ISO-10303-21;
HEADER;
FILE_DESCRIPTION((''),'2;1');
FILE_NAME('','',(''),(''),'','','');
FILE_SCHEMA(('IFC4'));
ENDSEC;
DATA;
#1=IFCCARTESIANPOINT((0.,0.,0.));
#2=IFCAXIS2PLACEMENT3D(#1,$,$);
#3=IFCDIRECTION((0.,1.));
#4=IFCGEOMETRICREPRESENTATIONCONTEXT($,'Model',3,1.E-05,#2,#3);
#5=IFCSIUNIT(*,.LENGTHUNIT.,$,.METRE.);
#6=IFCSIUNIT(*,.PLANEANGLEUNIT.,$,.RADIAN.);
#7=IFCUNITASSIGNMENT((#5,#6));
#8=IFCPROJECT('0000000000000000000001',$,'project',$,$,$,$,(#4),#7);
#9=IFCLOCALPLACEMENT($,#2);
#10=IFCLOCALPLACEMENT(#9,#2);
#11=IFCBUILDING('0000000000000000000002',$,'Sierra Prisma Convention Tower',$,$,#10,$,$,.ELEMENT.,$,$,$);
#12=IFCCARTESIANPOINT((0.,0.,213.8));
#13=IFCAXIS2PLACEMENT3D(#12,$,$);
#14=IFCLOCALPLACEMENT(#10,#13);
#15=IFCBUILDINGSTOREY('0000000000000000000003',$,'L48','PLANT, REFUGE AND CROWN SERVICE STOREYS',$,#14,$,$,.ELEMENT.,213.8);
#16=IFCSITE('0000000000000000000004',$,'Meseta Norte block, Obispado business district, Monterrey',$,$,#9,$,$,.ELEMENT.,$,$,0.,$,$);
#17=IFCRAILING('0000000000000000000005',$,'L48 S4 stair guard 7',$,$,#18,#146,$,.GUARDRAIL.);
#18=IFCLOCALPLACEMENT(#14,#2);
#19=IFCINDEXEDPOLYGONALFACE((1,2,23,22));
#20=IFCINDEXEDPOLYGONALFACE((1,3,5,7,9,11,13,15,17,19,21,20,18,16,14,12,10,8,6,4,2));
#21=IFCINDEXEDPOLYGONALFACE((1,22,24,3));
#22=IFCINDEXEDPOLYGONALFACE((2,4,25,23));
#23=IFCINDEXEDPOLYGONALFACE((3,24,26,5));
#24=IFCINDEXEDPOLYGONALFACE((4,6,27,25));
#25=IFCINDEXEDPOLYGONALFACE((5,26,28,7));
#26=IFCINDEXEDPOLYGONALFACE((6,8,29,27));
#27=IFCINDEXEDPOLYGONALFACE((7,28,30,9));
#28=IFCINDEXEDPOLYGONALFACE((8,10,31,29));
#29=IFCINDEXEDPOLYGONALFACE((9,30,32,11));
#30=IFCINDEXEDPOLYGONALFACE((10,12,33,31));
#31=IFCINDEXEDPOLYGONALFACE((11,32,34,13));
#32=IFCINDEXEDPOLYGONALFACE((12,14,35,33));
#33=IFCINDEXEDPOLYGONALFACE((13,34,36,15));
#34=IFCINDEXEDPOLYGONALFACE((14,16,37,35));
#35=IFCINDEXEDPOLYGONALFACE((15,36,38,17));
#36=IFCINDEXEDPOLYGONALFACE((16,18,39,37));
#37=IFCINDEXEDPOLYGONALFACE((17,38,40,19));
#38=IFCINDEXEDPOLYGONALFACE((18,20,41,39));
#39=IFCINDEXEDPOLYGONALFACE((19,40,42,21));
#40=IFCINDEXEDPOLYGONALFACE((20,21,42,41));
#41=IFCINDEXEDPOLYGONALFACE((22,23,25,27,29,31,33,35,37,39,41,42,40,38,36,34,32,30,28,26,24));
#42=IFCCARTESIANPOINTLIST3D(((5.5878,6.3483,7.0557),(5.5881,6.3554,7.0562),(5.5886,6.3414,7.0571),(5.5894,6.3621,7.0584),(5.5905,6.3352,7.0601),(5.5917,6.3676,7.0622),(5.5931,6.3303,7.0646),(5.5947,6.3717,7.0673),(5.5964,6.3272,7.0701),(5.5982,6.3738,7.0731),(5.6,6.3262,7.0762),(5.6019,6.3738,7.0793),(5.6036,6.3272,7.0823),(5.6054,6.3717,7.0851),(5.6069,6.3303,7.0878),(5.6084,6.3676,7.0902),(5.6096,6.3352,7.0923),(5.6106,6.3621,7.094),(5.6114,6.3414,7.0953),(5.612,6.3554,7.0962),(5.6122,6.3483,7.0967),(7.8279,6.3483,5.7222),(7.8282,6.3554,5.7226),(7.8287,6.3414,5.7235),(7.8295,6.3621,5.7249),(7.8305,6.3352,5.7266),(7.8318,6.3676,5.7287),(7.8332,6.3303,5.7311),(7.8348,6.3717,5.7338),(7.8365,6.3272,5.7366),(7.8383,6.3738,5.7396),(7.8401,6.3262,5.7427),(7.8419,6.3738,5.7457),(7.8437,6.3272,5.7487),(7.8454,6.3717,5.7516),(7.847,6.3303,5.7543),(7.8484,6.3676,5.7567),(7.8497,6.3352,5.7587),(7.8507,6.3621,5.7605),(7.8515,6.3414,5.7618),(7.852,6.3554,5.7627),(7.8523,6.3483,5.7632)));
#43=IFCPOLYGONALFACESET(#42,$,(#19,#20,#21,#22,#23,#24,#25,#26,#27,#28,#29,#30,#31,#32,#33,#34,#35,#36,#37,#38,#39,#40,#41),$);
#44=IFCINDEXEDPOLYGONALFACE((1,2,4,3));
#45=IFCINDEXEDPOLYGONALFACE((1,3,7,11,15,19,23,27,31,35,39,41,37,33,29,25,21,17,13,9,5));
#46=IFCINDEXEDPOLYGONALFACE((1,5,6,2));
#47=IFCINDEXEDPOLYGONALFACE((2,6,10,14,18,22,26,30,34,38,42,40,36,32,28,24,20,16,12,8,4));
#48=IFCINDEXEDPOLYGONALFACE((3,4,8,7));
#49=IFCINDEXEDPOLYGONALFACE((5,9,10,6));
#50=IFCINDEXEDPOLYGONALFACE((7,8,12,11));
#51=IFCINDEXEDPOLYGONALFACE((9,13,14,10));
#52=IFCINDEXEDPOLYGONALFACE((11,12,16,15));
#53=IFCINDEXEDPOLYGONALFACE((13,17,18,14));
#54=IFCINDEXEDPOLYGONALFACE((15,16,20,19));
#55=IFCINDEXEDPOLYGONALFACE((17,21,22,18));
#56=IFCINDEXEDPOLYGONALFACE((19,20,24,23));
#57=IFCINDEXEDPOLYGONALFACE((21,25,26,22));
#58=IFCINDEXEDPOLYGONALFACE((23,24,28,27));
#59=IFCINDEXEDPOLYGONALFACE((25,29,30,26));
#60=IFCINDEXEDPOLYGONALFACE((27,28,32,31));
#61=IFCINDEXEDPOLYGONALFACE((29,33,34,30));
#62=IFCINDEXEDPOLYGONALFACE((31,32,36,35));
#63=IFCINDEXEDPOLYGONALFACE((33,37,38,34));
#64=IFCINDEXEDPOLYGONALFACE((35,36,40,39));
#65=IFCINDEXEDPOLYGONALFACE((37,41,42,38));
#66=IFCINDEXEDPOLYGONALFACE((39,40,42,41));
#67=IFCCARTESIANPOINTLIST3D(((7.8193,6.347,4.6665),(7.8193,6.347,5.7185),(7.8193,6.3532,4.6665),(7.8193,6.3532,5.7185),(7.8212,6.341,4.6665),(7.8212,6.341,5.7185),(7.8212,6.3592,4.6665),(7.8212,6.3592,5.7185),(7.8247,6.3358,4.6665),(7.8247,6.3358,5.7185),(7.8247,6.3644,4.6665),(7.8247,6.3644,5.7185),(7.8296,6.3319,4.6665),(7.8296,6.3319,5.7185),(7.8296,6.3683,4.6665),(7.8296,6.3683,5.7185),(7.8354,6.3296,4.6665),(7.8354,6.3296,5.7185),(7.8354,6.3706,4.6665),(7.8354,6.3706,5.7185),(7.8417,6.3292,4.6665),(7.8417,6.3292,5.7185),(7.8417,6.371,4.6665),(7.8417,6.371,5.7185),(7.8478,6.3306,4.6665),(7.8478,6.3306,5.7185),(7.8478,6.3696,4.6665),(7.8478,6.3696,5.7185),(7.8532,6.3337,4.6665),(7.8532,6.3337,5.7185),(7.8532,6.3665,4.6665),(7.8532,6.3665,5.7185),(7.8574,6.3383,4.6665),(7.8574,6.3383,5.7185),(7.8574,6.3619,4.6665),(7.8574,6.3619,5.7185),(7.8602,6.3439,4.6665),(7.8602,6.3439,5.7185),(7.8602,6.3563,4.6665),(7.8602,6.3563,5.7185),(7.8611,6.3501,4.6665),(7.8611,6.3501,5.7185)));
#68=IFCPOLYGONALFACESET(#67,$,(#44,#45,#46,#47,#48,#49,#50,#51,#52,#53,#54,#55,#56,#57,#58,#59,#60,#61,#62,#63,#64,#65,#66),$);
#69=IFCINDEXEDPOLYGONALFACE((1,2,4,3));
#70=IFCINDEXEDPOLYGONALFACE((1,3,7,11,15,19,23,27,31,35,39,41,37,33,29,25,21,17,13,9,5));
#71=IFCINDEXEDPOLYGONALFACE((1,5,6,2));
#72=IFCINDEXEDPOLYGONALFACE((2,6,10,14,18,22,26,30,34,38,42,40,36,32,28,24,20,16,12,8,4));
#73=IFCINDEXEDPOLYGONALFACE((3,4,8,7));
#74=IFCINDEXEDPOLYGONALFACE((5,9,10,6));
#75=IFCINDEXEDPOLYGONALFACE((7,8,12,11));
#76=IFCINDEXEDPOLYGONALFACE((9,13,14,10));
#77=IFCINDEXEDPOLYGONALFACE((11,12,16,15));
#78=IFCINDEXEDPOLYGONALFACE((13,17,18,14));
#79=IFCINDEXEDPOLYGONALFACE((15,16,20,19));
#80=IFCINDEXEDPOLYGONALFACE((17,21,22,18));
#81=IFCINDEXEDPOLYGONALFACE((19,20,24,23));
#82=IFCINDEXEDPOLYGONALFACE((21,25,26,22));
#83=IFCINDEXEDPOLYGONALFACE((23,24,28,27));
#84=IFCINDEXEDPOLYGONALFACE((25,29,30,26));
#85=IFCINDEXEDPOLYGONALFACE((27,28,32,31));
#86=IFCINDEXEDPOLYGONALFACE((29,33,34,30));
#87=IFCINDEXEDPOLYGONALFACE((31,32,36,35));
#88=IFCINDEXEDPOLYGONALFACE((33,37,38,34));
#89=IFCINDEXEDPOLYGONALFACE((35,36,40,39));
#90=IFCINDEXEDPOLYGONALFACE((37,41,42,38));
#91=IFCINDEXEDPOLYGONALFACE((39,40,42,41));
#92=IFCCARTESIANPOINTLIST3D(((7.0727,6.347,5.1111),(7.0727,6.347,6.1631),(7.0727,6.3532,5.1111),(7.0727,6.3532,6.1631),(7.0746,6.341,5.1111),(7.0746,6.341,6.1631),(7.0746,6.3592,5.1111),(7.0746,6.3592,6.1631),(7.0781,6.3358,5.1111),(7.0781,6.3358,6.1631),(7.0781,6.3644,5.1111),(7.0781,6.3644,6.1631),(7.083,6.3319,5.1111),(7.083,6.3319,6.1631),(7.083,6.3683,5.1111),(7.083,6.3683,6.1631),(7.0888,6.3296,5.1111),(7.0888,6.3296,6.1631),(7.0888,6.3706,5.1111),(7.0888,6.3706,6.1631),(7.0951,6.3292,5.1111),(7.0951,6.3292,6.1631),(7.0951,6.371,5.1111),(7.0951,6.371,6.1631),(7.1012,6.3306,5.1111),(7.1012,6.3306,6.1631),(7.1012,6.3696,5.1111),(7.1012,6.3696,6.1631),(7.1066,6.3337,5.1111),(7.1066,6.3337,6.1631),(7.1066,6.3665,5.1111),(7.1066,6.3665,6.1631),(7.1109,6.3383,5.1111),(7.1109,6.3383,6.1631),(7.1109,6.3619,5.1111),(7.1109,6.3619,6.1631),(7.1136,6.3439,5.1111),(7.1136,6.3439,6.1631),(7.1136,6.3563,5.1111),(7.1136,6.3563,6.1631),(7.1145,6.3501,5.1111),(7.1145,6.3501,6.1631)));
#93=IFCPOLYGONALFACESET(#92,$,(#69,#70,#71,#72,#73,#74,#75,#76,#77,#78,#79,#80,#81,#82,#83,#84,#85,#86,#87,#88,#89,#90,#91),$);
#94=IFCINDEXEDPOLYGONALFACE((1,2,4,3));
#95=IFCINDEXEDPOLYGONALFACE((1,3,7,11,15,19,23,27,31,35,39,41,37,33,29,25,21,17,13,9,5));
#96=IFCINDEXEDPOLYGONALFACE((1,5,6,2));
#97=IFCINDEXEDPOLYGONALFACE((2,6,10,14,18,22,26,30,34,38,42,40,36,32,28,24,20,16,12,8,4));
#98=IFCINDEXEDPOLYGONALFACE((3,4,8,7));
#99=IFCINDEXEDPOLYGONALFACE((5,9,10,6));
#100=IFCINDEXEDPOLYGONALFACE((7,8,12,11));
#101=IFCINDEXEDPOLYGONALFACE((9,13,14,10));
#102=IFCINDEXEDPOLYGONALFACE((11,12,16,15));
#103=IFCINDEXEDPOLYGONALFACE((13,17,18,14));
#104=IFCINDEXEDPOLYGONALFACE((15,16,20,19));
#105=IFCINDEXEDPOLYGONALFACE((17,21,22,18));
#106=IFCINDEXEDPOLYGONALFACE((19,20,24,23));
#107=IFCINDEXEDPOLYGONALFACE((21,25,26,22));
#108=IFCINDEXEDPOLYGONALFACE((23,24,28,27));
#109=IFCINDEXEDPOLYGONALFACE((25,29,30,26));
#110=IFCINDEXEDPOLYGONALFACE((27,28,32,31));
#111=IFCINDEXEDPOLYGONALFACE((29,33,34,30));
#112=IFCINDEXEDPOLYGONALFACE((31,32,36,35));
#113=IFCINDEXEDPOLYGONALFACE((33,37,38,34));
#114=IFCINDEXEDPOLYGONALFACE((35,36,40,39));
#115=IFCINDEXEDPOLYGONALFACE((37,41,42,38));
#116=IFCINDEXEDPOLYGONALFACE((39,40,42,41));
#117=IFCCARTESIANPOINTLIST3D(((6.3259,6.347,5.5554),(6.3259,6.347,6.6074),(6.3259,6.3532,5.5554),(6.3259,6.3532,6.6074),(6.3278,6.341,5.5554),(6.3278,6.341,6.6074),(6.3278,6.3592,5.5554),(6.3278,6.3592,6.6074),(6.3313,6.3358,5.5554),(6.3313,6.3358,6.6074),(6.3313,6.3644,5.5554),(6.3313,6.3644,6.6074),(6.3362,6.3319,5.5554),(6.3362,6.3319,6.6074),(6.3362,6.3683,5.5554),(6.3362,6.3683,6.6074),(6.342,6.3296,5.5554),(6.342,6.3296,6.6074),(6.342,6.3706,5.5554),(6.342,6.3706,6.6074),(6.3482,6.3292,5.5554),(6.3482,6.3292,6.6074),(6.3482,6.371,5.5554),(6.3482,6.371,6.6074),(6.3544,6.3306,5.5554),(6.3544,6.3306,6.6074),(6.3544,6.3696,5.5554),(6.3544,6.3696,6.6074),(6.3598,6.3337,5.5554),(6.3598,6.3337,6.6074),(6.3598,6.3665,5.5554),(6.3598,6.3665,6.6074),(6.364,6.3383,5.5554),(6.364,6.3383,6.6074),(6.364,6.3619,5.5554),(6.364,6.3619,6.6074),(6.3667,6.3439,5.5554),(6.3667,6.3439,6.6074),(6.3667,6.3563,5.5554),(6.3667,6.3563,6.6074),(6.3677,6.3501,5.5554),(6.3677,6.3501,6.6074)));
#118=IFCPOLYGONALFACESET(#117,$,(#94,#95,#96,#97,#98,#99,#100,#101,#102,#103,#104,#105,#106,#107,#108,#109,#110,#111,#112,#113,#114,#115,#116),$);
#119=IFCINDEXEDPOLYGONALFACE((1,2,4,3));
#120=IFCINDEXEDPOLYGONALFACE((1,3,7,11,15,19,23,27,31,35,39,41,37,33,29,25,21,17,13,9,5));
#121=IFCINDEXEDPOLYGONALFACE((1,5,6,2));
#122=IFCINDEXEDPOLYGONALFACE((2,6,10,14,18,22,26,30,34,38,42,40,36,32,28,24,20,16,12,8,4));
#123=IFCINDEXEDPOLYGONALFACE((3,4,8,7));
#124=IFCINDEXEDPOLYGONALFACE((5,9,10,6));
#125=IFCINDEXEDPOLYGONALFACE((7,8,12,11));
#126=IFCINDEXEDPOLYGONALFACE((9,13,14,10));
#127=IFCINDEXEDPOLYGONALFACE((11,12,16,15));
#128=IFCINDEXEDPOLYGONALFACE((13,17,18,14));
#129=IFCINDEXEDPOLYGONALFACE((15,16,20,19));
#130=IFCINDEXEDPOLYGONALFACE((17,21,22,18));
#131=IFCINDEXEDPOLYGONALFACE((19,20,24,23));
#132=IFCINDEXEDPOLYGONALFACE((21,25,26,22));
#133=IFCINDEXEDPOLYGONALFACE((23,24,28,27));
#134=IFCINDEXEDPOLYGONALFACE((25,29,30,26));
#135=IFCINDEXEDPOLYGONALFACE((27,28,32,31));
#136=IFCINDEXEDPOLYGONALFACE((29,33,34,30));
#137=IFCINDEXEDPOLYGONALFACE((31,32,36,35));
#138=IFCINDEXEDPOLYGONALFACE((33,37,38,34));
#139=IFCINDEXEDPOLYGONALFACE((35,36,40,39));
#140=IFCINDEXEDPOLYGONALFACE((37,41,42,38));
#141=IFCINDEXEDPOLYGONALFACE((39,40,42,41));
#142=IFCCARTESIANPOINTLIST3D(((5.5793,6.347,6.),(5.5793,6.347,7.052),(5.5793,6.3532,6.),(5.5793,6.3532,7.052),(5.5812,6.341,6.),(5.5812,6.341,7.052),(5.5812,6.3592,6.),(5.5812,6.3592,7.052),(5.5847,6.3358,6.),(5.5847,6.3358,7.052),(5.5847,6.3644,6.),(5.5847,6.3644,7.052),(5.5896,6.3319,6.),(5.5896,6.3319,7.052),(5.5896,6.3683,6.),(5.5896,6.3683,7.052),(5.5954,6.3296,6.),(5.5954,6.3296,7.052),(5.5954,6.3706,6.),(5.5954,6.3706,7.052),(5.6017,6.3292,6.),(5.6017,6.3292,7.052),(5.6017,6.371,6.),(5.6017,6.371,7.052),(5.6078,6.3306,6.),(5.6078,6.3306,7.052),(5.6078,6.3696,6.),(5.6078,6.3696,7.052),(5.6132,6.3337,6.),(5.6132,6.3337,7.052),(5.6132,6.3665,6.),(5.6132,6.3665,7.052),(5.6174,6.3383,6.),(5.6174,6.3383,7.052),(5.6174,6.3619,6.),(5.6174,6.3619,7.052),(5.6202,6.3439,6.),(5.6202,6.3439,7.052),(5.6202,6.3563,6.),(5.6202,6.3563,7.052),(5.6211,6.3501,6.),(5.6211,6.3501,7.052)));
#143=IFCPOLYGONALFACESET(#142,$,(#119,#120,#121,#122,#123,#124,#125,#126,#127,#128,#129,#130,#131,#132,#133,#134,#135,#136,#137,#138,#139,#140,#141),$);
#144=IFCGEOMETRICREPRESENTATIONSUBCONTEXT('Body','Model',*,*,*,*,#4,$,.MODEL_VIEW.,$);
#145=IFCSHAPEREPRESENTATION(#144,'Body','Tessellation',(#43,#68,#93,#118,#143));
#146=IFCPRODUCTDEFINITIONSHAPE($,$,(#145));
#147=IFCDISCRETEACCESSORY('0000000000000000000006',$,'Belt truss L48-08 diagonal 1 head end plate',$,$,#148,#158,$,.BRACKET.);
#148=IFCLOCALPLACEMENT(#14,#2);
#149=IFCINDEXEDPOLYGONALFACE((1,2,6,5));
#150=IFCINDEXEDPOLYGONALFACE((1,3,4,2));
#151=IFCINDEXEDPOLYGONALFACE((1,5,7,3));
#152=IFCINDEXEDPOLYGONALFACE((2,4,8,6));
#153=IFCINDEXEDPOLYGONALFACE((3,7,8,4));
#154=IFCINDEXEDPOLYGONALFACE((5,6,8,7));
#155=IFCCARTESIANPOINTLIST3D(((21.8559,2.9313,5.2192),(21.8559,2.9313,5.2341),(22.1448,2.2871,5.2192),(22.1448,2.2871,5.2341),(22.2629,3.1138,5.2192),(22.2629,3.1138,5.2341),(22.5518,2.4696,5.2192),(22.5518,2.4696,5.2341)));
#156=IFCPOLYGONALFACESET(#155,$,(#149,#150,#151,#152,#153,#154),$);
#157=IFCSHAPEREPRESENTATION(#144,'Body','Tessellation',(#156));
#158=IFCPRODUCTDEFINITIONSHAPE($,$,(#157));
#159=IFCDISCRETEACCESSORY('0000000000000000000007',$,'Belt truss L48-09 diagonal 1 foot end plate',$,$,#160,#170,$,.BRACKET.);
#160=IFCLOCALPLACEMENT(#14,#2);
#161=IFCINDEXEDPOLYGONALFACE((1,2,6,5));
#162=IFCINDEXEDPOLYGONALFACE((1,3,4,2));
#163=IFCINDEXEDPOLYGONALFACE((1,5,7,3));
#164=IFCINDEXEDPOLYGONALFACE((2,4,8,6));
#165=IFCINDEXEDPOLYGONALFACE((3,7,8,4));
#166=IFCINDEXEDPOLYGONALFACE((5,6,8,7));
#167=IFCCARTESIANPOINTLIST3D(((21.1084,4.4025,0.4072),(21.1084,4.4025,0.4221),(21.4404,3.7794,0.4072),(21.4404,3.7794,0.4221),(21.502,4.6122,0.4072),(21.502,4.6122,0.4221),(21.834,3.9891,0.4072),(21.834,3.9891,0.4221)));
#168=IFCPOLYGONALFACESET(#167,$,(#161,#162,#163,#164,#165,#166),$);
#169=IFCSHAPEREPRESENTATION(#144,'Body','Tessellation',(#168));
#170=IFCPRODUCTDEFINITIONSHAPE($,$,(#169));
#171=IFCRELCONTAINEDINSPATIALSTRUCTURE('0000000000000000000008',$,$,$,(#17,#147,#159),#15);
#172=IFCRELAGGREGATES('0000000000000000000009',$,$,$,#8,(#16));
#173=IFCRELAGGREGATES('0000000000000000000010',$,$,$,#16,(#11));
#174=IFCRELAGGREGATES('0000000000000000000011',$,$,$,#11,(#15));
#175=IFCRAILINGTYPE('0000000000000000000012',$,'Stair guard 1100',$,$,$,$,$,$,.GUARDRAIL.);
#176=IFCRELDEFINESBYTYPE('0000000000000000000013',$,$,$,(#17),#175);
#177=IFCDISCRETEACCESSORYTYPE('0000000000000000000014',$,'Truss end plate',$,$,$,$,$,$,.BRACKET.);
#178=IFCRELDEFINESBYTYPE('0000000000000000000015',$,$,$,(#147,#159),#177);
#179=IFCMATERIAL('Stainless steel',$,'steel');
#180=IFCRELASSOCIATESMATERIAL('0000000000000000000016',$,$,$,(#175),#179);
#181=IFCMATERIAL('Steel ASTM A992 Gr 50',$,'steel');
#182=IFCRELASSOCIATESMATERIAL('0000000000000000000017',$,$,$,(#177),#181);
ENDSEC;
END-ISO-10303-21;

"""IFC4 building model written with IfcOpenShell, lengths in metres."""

from ifc_helpers import new_model, si_unit, direction, frame, origin, origin_2d, place, context, subcontext, project, spatial, rectangle, circle, extrude, material, type_object, element, save


model = new_model("IFC4")

# Units and contexts
model_context = context("Model", 3, precision=1e-05, world=origin(), true_north=direction((0.0, 1.0)))
body_context = subcontext(model_context, "Body", "Model", "MODEL_VIEW")
ifc_project = project(units=[si_unit("LENGTHUNIT", "METRE"), si_unit("PLANEANGLEUNIT", "RADIAN")], contexts=[model_context])

# Site, building, storey
site_placement = place(None, origin())
site = spatial("IfcSite", under=ifc_project, at=site_placement, Name="Meseta Norte block, Obispado business district, Monterrey", CompositionType="ELEMENT", RefElevation=0.0)
building_placement = place(site_placement, origin())
building = spatial("IfcBuilding", under=site, at=building_placement, Name="Sierra Prisma Convention Tower", CompositionType="ELEMENT")
storey_placement = place(building_placement, frame((0.0, 0.0, 213.8)))
storey = spatial("IfcBuildingStorey", under=building, at=storey_placement, Name="L48", Description="PLANT, REFUGE AND CROWN SERVICE STOREYS", CompositionType="ELEMENT", Elevation=213.8)

# Railing
ifc_material_1 = material(Name="Stainless steel", Category="steel")
railing_type_1 = type_object("IfcRailingType", Name="Stair guard 1100", PredefinedType="GUARDRAIL", material=ifc_material_1)
railing_1_placement = place(storey_placement, frame((7.8401, 6.3501, 4.6665)))
element("IfcRailing", 1, at=railing_1_placement, inside=storey, type_object=railing_type_1, Name="L48 S4 stair guard 7", PredefinedType="GUARDRAIL", context=body_context, shape_type="SweptSolid", body=[
    extrude(circle(Radius=0.0239, at=origin_2d()), frame((0.0, 0.0, 1.0762), z_axis=(-0.859264, 0.0, 0.511532), x_axis=(0.0, -1.0, 0.0)), (0.0, 0.0, 1.0), 2.6069),
    extrude(circle(Radius=0.021, at=origin_2d()), origin(), (0.0, 0.0, 1.0), 1.052),
    extrude(circle(Radius=0.021, at=origin_2d()), frame((-0.7466, 0.0, 0.4446)), (0.0, 0.0, 1.0), 1.052),
    extrude(circle(Radius=0.021, at=origin_2d()), frame((-1.4934, 0.0, 0.8889)), (0.0, 0.0, 1.0), 1.052),
    extrude(circle(Radius=0.021, at=origin_2d()), frame((-2.24, 0.0, 1.3335)), (0.0, 0.0, 1.0), 1.052),
])

# Discrete accessories
ifc_material_2 = material(Name="Steel ASTM A992 Gr 50", Category="steel")
discrete_accessory_type = type_object("IfcDiscreteAccessoryType", Name="Truss end plate", PredefinedType="BRACKET", material=ifc_material_2)
for number, where, z_axis, x_axis, name in (
    (2, (22.2039, 2.7004, 5.2192), (0.0, 0.0, 1.0), (-0.409151, 0.912467, 0.0), "Belt truss L48-08 diagonal 1 head end plate"),
    (3, (21.4712, 4.1958, 0.4072), (0.0, 0.0, 1.0), (-0.470254, 0.882531, 0.0), "Belt truss L48-09 diagonal 1 foot end plate"),
):
    element("IfcDiscreteAccessory", number, at=place(storey_placement, frame(where, z_axis=z_axis, x_axis=x_axis)), inside=storey, type_object=discrete_accessory_type, Name=name, PredefinedType="BRACKET", context=body_context, shape_type="SweptSolid", body=[
        extrude(rectangle(XDim=0.7061, YDim=0.446, at=origin_2d()), origin(), (0.0, 0.0, 1.0), 0.0149),
    ])

save(model, "model.ifc")
